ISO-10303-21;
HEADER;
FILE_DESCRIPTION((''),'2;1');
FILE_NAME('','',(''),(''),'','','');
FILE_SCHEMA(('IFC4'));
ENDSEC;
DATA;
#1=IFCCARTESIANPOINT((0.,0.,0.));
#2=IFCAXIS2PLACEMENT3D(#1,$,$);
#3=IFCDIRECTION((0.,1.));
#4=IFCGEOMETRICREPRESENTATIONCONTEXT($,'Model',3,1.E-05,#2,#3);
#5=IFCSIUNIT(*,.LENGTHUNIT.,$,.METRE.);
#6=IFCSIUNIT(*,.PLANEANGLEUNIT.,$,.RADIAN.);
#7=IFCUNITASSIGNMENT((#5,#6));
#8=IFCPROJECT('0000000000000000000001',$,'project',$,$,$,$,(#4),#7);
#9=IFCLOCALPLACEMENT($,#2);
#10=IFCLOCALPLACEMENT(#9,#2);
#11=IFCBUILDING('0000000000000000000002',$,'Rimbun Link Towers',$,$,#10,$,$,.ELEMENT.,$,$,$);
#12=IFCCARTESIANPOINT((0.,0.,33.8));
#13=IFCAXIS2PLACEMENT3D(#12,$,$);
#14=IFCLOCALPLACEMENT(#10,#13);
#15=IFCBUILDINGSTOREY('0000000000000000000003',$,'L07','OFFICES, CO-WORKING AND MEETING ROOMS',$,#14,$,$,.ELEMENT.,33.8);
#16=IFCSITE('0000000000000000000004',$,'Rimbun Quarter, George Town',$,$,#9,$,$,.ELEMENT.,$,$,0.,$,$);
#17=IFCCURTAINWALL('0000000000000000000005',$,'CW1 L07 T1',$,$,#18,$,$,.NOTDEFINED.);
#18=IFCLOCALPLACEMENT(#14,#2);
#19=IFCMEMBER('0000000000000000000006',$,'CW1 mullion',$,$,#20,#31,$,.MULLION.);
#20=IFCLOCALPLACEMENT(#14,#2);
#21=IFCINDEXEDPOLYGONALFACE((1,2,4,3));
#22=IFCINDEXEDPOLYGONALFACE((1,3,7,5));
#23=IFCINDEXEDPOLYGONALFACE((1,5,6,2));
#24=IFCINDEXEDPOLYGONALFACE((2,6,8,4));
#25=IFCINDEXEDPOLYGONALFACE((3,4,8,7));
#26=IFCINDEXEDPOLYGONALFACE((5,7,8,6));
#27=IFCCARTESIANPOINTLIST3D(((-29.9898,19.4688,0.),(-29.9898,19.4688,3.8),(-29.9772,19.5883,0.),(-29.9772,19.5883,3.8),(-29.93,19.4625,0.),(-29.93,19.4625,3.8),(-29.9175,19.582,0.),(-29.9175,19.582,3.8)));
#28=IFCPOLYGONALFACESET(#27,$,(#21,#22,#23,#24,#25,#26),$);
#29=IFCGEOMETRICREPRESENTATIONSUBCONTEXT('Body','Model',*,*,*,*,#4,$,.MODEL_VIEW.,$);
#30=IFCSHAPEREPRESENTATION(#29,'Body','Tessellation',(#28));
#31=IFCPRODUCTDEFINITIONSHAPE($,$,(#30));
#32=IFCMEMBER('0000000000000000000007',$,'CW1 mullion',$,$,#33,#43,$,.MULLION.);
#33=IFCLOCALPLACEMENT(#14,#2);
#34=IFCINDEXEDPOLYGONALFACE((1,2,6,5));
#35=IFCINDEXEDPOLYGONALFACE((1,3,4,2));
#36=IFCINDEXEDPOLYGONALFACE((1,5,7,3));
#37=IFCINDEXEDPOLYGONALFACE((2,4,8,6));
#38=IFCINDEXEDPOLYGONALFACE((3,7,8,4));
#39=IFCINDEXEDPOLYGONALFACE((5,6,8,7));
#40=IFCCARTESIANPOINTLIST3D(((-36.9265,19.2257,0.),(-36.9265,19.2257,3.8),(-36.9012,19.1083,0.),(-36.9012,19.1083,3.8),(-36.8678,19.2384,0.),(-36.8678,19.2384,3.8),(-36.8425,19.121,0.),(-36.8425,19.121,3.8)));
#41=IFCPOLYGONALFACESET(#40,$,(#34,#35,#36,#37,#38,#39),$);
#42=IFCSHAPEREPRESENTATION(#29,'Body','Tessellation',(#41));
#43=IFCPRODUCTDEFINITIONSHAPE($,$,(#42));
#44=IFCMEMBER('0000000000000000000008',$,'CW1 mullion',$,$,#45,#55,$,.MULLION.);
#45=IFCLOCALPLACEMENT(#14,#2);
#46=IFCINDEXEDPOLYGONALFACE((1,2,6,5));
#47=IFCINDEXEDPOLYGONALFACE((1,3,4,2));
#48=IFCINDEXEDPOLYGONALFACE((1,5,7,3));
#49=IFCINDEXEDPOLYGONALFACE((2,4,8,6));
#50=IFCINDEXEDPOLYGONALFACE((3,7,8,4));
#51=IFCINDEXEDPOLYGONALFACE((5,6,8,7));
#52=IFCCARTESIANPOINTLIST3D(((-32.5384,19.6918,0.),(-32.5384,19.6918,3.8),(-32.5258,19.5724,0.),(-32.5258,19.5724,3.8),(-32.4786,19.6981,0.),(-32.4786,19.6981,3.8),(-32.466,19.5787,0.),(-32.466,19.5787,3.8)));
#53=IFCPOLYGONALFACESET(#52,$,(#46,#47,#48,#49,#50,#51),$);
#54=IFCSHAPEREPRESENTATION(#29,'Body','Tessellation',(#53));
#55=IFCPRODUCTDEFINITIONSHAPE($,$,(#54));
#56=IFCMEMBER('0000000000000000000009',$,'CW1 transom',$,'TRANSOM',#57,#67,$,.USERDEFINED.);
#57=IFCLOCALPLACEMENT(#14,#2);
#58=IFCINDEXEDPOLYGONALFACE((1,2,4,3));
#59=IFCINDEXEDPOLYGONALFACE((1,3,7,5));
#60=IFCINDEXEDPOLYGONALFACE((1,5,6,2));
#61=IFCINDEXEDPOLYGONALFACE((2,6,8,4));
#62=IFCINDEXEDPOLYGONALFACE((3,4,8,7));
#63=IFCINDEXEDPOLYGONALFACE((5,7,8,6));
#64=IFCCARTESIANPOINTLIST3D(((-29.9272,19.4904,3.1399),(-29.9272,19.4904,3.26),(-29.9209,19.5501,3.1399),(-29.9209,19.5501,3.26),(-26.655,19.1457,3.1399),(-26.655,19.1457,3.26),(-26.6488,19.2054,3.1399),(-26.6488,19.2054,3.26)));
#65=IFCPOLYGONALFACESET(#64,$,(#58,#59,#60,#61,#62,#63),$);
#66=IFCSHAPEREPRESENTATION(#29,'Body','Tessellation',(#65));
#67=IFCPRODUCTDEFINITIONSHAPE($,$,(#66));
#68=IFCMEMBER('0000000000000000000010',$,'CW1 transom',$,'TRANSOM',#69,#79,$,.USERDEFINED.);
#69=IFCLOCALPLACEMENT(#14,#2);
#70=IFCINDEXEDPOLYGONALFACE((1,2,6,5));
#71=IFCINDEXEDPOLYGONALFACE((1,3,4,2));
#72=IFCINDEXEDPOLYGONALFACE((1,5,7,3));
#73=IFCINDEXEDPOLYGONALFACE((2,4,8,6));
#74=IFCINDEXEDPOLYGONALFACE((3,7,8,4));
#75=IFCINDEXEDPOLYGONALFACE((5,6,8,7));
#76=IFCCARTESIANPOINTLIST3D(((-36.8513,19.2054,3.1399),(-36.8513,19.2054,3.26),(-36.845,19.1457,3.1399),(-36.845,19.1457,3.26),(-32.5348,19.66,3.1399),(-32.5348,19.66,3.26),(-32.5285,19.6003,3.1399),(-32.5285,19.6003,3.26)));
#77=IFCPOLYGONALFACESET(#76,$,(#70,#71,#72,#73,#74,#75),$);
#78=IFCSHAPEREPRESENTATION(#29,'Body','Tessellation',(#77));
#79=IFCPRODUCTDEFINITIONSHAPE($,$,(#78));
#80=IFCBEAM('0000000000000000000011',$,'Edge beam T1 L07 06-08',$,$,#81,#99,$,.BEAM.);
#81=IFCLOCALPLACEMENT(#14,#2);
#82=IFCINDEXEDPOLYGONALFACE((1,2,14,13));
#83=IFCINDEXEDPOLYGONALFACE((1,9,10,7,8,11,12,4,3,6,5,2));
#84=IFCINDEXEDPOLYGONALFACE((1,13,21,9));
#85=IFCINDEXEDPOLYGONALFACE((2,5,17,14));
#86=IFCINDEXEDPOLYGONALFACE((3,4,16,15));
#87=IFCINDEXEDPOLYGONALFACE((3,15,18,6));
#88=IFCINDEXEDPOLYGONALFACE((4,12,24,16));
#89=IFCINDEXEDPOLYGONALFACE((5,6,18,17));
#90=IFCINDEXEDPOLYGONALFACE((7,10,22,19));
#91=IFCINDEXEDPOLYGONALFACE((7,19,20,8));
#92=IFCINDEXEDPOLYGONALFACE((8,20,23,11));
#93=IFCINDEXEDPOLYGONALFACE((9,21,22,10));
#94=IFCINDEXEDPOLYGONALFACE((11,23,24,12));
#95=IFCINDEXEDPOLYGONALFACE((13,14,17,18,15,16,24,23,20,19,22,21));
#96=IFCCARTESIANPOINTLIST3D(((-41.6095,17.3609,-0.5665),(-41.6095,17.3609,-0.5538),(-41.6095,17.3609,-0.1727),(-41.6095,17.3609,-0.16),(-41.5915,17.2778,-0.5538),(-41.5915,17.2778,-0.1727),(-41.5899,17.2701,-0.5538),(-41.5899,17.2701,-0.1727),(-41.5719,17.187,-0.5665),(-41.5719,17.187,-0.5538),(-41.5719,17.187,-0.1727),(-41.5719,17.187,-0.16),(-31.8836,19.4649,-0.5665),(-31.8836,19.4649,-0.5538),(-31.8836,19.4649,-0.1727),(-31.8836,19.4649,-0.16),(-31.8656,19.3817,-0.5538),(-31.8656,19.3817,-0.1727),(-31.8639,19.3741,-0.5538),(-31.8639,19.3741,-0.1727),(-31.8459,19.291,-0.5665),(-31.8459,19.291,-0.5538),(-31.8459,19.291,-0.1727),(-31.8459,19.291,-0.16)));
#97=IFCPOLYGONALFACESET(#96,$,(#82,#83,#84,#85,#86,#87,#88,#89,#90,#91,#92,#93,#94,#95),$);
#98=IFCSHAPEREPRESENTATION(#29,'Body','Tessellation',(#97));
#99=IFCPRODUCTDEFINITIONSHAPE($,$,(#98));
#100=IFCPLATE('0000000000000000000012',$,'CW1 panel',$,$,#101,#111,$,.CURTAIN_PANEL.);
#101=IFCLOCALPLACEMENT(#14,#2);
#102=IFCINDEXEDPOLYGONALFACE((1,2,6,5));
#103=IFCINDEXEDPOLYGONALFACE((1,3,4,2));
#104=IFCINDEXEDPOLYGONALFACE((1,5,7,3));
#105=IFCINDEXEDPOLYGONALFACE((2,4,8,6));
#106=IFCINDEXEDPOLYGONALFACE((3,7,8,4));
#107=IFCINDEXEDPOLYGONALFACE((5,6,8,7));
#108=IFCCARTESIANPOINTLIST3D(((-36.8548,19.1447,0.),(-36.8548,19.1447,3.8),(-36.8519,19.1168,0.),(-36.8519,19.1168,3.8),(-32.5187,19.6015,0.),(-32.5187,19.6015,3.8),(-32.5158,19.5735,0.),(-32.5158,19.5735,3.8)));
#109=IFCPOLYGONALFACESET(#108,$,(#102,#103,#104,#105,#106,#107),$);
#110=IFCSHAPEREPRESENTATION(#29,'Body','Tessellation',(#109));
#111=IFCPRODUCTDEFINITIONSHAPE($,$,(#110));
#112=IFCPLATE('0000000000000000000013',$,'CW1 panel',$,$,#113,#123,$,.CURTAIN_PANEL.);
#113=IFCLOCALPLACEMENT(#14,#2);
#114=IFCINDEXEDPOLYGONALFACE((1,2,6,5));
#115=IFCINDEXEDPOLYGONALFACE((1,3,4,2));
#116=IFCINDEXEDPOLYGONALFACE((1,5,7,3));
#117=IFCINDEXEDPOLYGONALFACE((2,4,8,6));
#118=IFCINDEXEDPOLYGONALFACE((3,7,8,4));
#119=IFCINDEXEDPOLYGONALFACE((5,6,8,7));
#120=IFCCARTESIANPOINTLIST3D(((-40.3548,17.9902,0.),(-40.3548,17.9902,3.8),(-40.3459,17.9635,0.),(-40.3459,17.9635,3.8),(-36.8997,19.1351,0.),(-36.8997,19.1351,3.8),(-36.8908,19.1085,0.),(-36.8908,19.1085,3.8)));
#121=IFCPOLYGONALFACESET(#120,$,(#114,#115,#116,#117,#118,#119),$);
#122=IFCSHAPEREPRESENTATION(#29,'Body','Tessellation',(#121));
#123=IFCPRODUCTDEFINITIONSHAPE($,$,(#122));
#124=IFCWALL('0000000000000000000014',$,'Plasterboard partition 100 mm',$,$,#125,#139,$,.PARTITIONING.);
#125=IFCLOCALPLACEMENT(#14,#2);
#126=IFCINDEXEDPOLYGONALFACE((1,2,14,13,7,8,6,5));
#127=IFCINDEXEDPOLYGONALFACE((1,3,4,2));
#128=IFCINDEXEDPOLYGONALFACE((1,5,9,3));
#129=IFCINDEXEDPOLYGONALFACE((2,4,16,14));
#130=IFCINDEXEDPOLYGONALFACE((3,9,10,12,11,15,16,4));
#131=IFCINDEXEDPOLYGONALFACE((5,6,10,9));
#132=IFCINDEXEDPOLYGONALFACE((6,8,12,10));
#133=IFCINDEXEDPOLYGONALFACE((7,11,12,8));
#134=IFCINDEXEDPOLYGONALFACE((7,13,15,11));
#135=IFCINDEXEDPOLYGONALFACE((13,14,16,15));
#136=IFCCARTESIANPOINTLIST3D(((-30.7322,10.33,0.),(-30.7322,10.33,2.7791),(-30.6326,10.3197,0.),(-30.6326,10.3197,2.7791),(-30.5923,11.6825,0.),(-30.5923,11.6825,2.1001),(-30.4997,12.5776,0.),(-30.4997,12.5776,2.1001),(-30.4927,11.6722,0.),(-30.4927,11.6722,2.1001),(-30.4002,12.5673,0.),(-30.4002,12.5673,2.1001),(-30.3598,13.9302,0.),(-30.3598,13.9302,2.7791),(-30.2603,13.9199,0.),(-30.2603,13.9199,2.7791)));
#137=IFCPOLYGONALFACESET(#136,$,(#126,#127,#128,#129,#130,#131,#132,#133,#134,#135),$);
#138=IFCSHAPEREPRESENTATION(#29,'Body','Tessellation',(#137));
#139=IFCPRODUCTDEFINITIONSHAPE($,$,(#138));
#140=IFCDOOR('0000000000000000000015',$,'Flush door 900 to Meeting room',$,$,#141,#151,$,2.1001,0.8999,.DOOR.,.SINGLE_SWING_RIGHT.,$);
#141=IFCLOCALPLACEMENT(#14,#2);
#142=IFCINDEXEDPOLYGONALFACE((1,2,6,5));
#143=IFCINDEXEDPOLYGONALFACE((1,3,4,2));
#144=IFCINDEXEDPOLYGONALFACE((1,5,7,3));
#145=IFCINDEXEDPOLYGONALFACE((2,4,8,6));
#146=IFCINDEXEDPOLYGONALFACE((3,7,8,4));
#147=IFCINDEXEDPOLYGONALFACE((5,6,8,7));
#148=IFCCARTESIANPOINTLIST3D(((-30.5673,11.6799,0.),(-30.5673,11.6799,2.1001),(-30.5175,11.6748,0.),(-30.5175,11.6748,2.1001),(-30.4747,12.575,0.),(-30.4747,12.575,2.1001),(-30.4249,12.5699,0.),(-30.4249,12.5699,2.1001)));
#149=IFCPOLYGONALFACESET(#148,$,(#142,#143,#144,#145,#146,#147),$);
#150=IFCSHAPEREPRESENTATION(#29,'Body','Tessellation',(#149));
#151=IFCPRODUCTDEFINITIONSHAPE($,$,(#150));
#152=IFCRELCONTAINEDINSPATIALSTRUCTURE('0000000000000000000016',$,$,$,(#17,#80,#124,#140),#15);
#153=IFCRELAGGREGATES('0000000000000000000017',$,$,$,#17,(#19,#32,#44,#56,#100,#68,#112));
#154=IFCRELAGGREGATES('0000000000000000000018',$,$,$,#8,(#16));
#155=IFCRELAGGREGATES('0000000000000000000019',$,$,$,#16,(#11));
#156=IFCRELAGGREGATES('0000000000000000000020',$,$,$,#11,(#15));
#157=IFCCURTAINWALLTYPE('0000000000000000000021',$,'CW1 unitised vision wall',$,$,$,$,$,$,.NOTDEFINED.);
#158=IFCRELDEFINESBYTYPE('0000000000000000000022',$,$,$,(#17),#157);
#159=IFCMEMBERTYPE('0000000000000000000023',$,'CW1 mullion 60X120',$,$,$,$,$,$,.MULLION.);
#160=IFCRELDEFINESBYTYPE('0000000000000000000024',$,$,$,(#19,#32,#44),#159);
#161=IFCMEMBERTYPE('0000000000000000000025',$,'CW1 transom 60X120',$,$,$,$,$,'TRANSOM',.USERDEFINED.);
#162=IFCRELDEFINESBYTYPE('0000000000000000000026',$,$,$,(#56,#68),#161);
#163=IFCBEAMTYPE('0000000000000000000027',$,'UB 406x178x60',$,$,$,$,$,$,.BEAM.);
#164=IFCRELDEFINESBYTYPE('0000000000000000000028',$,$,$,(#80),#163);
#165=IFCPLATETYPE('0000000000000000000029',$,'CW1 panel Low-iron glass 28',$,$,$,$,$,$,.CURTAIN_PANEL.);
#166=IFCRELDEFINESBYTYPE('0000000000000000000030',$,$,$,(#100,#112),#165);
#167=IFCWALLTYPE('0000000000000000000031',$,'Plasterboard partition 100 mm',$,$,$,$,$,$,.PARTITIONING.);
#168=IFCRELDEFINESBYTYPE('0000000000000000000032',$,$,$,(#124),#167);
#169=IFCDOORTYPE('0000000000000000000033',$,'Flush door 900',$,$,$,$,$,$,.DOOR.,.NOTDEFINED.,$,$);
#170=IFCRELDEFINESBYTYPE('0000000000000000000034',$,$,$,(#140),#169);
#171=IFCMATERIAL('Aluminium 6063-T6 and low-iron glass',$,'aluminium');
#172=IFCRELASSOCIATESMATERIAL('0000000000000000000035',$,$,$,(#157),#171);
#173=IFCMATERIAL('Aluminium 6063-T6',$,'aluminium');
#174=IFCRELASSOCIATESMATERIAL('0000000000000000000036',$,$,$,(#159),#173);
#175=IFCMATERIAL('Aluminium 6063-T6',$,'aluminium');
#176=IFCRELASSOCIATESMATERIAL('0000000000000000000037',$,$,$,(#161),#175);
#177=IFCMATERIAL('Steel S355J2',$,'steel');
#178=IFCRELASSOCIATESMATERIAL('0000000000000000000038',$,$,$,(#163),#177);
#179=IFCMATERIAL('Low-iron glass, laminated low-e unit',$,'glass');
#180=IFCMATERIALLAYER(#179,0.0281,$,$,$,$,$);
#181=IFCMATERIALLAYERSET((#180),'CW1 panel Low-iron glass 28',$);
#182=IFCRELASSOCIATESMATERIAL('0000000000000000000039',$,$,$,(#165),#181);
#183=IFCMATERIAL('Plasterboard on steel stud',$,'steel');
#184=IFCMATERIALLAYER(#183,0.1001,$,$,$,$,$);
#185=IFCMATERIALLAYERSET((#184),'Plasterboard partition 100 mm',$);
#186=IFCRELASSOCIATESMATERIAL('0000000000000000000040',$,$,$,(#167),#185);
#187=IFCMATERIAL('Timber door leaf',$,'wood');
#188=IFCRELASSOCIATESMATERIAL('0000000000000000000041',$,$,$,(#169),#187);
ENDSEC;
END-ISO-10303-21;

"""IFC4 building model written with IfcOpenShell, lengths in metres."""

from ifc_helpers import new_model, si_unit, direction, frame, frame_2d, origin, origin_2d, place, context, subcontext, project, spatial, rectangle, i_section, extrude, material, layer, layer_set, material_profile, profile_set, type_object, element, fill, aggregate, save


model = new_model("IFC4")

# Units and contexts
model_context = context("Model", 3, precision=1e-05, world=origin(), true_north=direction((0.0, 1.0)))
body_context = subcontext(model_context, "Body", "Model", "MODEL_VIEW")
ifc_project = project(units=[si_unit("LENGTHUNIT", "METRE"), si_unit("PLANEANGLEUNIT", "RADIAN")], contexts=[model_context])

# Site, building, storey
site_placement = place(None, origin())
site = spatial("IfcSite", under=ifc_project, at=site_placement, Name="Rimbun Quarter, George Town", CompositionType="ELEMENT", RefElevation=0.0)
building_placement = place(site_placement, origin())
building = spatial("IfcBuilding", under=site, at=building_placement, Name="Rimbun Link Towers", CompositionType="ELEMENT")
storey_placement = place(building_placement, frame((0.0, 0.0, 33.8)))
storey = spatial("IfcBuildingStorey", under=building, at=storey_placement, Name="L07", Description="OFFICES, CO-WORKING AND MEETING ROOMS", CompositionType="ELEMENT", Elevation=33.8)

# Curtain wall, members
ifc_material_1 = material(Name="Aluminium 6063-T6 and low-iron glass", Category="aluminium")
curtain_wall_type = type_object("IfcCurtainWallType", Name="CW1 unitised vision wall", PredefinedType="NOTDEFINED", material=ifc_material_1)
curtain_wall_placement = place(storey_placement, origin())
curtain_wall = element("IfcCurtainWall", 1, at=curtain_wall_placement, inside=storey, type_object=curtain_wall_type, Name="CW1 L07 T1", PredefinedType="NOTDEFINED")
ifc_material_2 = material(Name="Aluminium 6063-T6", Category="aluminium")
ifc_material_profile_1 = material_profile(ifc_material_2, rectangle(XDim=0.1201, YDim=0.0601, at=origin_2d()), Name="MULLION 60X120")
ifc_profile_set_1 = profile_set([ifc_material_profile_1], Name="Aluminium 6063-T6")
member_type_1 = type_object("IfcMemberType", Name="CW1 mullion 60X120", PredefinedType="MULLION", material=ifc_profile_set_1)
member_1_placement = place(storey_placement, frame((-29.9536, 19.5254, 0.0), z_axis=(0.0, 0.0, 1.0), x_axis=(0.104755, 0.994498, 0.0)))
member_1 = element("IfcMember", 2, at=member_1_placement, type_object=member_type_1, Name="CW1 mullion", PredefinedType="MULLION", context=body_context, shape_type="SweptSolid", body=[
    extrude(rectangle(XDim=0.1201, YDim=0.0601, at=origin_2d()), origin(), (0.0, 0.0, 1.0), 3.8),
])
member_2_placement = place(storey_placement, frame((-36.8845, 19.1733, 0.0), z_axis=(0.0, 0.0, 1.0), x_axis=(-0.210877, 0.977513, 0.0)))
member_2 = element("IfcMember", 3, at=member_2_placement, type_object=member_type_1, Name="CW1 mullion", PredefinedType="MULLION", context=body_context, shape_type="SweptSolid", body=[
    extrude(rectangle(XDim=0.1201, YDim=0.0601, at=origin_2d()), origin(), (0.0, 0.0, 1.0), 3.8),
])
member_3_placement = place(storey_placement, frame((-32.5022, 19.6353, 0.0), z_axis=(0.0, 0.0, 1.0), x_axis=(-0.104755, 0.994498, 0.0)))
member_3 = element("IfcMember", 4, at=member_3_placement, type_object=member_type_1, Name="CW1 mullion", PredefinedType="MULLION", context=body_context, shape_type="SweptSolid", body=[
    extrude(rectangle(XDim=0.1201, YDim=0.0601, at=origin_2d()), origin(), (0.0, 0.0, 1.0), 3.8),
])
ifc_material_3 = material(Name="Aluminium 6063-T6", Category="aluminium")
ifc_material_profile_2 = material_profile(ifc_material_3, rectangle(XDim=0.0601, YDim=0.1201, at=origin_2d()), Name="TRANSOM 60X120")
ifc_profile_set_2 = profile_set([ifc_material_profile_2], Name="Aluminium 6063-T6")
member_type_2 = type_object("IfcMemberType", Name="CW1 transom 60X120", ElementType="TRANSOM", PredefinedType="USERDEFINED", material=ifc_profile_set_2)
member_4_placement = place(storey_placement, frame((-29.9241, 19.5203, 3.2), z_axis=(0.994497, -0.10477, 0.0), x_axis=(0.10477, 0.994497, 0.0)))
member_4 = element("IfcMember", 5, at=member_4_placement, type_object=member_type_2, Name="CW1 transom", ObjectType="TRANSOM", PredefinedType="USERDEFINED", context=body_context, shape_type="SweptSolid", body=[
    extrude(rectangle(XDim=0.0601, YDim=0.1201, at=origin_2d()), origin(), (0.0, 0.0, 1.0), 3.2903),
])
member_5_placement = place(storey_placement, frame((-36.8481, 19.1755, 3.2), z_axis=(0.9945, 0.104737, 0.0), x_axis=(-0.104737, 0.9945, 0.0)))
member_5 = element("IfcMember", 6, at=member_5_placement, type_object=member_type_2, Name="CW1 transom", ObjectType="TRANSOM", PredefinedType="USERDEFINED", context=body_context, shape_type="SweptSolid", body=[
    extrude(rectangle(XDim=0.0601, YDim=0.1201, at=origin_2d()), origin(), (0.0, 0.0, 1.0), 4.3403),
])

# Beam
ifc_material_4 = material(Name="Steel S355J2", Category="steel")
ifc_material_profile_3 = material_profile(ifc_material_4, i_section(OverallWidth=0.178, OverallDepth=0.4065, WebThickness=0.0078, FlangeThickness=0.0127, at=origin_2d()), Name="UB 406x178x60")
ifc_profile_set_3 = profile_set([ifc_material_profile_3], Name="Steel S355J2")
beam_type = type_object("IfcBeamType", Name="UB 406x178x60", PredefinedType="BEAM", material=ifc_profile_set_3)
beam_placement = place(storey_placement, frame((-31.8647, 19.3779, -0.3633), z_axis=(-0.977392, -0.211435, 0.0), x_axis=(0.211435, -0.977392, 0.0)))
element("IfcBeam", 7, at=beam_placement, inside=storey, type_object=beam_type, Name="Edge beam T1 L07 06-08", PredefinedType="BEAM", context=body_context, shape_type="SweptSolid", body=[
    extrude(i_section(OverallWidth=0.178, OverallDepth=0.4065, WebThickness=0.0078, FlangeThickness=0.0127, at=origin_2d()), origin(), (0.0, 0.0, 1.0), 9.9509),
])

# Plates
ifc_material_5 = material(Name="Low-iron glass, laminated low-e unit", Category="glass")
ifc_layer_1 = layer(ifc_material_5, 0.0281)
ifc_layer_set_1 = layer_set([ifc_layer_1], Name="CW1 panel Low-iron glass 28")
plate_type = type_object("IfcPlateType", Name="CW1 panel Low-iron glass 28", PredefinedType="CURTAIN_PANEL", material=ifc_layer_set_1)
plate_1_placement = place(storey_placement, frame((-34.6853, 19.3591, 0.0), z_axis=(0.0, 0.0, 1.0), x_axis=(0.994498, 0.104755, 0.0)))
plate_1 = element("IfcPlate", 8, at=plate_1_placement, type_object=plate_type, Name="CW1 panel", PredefinedType="CURTAIN_PANEL", context=body_context, shape_type="SweptSolid", body=[
    extrude(rectangle(XDim=4.3601, YDim=0.0281, at=origin_2d()), origin(), (0.0, 0.0, 1.0), 3.8),
])
plate_2_placement = place(storey_placement, frame((-38.6228, 18.5493, 0.0), z_axis=(0.0, 0.0, 1.0), x_axis=(0.949236, 0.314564, 0.0)))
plate_2 = element("IfcPlate", 9, at=plate_2_placement, type_object=plate_type, Name="CW1 panel", PredefinedType="CURTAIN_PANEL", context=body_context, shape_type="SweptSolid", body=[
    extrude(rectangle(XDim=3.6399, YDim=0.0281, at=origin_2d()), origin(), (0.0, 0.0, 1.0), 3.8),
])
aggregate(curtain_wall, [member_1, member_2, member_3, member_4, plate_1, member_5, plate_2])

# Wall, opening, door
ifc_material_6 = material(Name="Plasterboard on steel stud", Category="steel")
ifc_layer_2 = layer(ifc_material_6, 0.1001)
ifc_layer_set_2 = layer_set([ifc_layer_2], Name="Plasterboard partition 100 mm")
wall_type = type_object("IfcWallType", Name="Plasterboard partition 100 mm", PredefinedType="PARTITIONING", material=ifc_layer_set_2)
wall_1_placement = place(storey_placement, frame((-30.6824, 10.325, 0.0), z_axis=(0.0, 0.0, 1.0), x_axis=(0.102869, 0.994695, 0.0)))
wall_1 = element("IfcWall", 10, at=wall_1_placement, inside=storey, type_object=wall_type, Name="Plasterboard partition 100 mm", PredefinedType="PARTITIONING", context=body_context, shape_type="SweptSolid", body=[
    extrude(rectangle(XDim=3.6194, YDim=0.1001, at=frame_2d((1.8096, 0.0))), origin(), (0.0, 0.0, 1.0), 2.7791),
])
opening_1_placement = place(wall_1_placement, frame((1.3596, 0.0, 0.0)))
opening_1 = element("IfcOpeningElement", 11, at=opening_1_placement, cuts=wall_1, PredefinedType="OPENING", context=body_context, shape_type="SweptSolid", body=[
    extrude(rectangle(XDim=0.8999, YDim=2.1001, at=frame_2d((0.45, 1.05))), frame((0.0, 0.0601, 0.0), z_axis=(0.0, -1.0, 0.0), x_axis=(1.0, 0.0, 0.0)), (0.0, 0.0, 1.0), 0.1201),
])
ifc_material_7 = material(Name="Timber door leaf", Category="wood")
door_type_1 = type_object("IfcDoorType", Name="Flush door 900", OperationType="NOTDEFINED", PredefinedType="DOOR", material=ifc_material_7)
door_1_placement = place(opening_1_placement, origin())
door_1 = element("IfcDoor", 12, at=door_1_placement, inside=storey, type_object=door_type_1, Name="Flush door 900 to Meeting room", OperationType="SINGLE_SWING_RIGHT", OverallHeight=2.1001, OverallWidth=0.8999, PredefinedType="DOOR", context=body_context, shape_type="SweptSolid", body=[
    extrude(rectangle(XDim=0.8999, YDim=2.1001, at=frame_2d((0.45, 1.05))), frame((0.0, 0.0249, 0.0), z_axis=(0.0, -1.0, 0.0), x_axis=(1.0, 0.0, 0.0)), (0.0, 0.0, 1.0), 0.05),
])
fill(opening_1, door_1)

save(model, "model.ifc")
